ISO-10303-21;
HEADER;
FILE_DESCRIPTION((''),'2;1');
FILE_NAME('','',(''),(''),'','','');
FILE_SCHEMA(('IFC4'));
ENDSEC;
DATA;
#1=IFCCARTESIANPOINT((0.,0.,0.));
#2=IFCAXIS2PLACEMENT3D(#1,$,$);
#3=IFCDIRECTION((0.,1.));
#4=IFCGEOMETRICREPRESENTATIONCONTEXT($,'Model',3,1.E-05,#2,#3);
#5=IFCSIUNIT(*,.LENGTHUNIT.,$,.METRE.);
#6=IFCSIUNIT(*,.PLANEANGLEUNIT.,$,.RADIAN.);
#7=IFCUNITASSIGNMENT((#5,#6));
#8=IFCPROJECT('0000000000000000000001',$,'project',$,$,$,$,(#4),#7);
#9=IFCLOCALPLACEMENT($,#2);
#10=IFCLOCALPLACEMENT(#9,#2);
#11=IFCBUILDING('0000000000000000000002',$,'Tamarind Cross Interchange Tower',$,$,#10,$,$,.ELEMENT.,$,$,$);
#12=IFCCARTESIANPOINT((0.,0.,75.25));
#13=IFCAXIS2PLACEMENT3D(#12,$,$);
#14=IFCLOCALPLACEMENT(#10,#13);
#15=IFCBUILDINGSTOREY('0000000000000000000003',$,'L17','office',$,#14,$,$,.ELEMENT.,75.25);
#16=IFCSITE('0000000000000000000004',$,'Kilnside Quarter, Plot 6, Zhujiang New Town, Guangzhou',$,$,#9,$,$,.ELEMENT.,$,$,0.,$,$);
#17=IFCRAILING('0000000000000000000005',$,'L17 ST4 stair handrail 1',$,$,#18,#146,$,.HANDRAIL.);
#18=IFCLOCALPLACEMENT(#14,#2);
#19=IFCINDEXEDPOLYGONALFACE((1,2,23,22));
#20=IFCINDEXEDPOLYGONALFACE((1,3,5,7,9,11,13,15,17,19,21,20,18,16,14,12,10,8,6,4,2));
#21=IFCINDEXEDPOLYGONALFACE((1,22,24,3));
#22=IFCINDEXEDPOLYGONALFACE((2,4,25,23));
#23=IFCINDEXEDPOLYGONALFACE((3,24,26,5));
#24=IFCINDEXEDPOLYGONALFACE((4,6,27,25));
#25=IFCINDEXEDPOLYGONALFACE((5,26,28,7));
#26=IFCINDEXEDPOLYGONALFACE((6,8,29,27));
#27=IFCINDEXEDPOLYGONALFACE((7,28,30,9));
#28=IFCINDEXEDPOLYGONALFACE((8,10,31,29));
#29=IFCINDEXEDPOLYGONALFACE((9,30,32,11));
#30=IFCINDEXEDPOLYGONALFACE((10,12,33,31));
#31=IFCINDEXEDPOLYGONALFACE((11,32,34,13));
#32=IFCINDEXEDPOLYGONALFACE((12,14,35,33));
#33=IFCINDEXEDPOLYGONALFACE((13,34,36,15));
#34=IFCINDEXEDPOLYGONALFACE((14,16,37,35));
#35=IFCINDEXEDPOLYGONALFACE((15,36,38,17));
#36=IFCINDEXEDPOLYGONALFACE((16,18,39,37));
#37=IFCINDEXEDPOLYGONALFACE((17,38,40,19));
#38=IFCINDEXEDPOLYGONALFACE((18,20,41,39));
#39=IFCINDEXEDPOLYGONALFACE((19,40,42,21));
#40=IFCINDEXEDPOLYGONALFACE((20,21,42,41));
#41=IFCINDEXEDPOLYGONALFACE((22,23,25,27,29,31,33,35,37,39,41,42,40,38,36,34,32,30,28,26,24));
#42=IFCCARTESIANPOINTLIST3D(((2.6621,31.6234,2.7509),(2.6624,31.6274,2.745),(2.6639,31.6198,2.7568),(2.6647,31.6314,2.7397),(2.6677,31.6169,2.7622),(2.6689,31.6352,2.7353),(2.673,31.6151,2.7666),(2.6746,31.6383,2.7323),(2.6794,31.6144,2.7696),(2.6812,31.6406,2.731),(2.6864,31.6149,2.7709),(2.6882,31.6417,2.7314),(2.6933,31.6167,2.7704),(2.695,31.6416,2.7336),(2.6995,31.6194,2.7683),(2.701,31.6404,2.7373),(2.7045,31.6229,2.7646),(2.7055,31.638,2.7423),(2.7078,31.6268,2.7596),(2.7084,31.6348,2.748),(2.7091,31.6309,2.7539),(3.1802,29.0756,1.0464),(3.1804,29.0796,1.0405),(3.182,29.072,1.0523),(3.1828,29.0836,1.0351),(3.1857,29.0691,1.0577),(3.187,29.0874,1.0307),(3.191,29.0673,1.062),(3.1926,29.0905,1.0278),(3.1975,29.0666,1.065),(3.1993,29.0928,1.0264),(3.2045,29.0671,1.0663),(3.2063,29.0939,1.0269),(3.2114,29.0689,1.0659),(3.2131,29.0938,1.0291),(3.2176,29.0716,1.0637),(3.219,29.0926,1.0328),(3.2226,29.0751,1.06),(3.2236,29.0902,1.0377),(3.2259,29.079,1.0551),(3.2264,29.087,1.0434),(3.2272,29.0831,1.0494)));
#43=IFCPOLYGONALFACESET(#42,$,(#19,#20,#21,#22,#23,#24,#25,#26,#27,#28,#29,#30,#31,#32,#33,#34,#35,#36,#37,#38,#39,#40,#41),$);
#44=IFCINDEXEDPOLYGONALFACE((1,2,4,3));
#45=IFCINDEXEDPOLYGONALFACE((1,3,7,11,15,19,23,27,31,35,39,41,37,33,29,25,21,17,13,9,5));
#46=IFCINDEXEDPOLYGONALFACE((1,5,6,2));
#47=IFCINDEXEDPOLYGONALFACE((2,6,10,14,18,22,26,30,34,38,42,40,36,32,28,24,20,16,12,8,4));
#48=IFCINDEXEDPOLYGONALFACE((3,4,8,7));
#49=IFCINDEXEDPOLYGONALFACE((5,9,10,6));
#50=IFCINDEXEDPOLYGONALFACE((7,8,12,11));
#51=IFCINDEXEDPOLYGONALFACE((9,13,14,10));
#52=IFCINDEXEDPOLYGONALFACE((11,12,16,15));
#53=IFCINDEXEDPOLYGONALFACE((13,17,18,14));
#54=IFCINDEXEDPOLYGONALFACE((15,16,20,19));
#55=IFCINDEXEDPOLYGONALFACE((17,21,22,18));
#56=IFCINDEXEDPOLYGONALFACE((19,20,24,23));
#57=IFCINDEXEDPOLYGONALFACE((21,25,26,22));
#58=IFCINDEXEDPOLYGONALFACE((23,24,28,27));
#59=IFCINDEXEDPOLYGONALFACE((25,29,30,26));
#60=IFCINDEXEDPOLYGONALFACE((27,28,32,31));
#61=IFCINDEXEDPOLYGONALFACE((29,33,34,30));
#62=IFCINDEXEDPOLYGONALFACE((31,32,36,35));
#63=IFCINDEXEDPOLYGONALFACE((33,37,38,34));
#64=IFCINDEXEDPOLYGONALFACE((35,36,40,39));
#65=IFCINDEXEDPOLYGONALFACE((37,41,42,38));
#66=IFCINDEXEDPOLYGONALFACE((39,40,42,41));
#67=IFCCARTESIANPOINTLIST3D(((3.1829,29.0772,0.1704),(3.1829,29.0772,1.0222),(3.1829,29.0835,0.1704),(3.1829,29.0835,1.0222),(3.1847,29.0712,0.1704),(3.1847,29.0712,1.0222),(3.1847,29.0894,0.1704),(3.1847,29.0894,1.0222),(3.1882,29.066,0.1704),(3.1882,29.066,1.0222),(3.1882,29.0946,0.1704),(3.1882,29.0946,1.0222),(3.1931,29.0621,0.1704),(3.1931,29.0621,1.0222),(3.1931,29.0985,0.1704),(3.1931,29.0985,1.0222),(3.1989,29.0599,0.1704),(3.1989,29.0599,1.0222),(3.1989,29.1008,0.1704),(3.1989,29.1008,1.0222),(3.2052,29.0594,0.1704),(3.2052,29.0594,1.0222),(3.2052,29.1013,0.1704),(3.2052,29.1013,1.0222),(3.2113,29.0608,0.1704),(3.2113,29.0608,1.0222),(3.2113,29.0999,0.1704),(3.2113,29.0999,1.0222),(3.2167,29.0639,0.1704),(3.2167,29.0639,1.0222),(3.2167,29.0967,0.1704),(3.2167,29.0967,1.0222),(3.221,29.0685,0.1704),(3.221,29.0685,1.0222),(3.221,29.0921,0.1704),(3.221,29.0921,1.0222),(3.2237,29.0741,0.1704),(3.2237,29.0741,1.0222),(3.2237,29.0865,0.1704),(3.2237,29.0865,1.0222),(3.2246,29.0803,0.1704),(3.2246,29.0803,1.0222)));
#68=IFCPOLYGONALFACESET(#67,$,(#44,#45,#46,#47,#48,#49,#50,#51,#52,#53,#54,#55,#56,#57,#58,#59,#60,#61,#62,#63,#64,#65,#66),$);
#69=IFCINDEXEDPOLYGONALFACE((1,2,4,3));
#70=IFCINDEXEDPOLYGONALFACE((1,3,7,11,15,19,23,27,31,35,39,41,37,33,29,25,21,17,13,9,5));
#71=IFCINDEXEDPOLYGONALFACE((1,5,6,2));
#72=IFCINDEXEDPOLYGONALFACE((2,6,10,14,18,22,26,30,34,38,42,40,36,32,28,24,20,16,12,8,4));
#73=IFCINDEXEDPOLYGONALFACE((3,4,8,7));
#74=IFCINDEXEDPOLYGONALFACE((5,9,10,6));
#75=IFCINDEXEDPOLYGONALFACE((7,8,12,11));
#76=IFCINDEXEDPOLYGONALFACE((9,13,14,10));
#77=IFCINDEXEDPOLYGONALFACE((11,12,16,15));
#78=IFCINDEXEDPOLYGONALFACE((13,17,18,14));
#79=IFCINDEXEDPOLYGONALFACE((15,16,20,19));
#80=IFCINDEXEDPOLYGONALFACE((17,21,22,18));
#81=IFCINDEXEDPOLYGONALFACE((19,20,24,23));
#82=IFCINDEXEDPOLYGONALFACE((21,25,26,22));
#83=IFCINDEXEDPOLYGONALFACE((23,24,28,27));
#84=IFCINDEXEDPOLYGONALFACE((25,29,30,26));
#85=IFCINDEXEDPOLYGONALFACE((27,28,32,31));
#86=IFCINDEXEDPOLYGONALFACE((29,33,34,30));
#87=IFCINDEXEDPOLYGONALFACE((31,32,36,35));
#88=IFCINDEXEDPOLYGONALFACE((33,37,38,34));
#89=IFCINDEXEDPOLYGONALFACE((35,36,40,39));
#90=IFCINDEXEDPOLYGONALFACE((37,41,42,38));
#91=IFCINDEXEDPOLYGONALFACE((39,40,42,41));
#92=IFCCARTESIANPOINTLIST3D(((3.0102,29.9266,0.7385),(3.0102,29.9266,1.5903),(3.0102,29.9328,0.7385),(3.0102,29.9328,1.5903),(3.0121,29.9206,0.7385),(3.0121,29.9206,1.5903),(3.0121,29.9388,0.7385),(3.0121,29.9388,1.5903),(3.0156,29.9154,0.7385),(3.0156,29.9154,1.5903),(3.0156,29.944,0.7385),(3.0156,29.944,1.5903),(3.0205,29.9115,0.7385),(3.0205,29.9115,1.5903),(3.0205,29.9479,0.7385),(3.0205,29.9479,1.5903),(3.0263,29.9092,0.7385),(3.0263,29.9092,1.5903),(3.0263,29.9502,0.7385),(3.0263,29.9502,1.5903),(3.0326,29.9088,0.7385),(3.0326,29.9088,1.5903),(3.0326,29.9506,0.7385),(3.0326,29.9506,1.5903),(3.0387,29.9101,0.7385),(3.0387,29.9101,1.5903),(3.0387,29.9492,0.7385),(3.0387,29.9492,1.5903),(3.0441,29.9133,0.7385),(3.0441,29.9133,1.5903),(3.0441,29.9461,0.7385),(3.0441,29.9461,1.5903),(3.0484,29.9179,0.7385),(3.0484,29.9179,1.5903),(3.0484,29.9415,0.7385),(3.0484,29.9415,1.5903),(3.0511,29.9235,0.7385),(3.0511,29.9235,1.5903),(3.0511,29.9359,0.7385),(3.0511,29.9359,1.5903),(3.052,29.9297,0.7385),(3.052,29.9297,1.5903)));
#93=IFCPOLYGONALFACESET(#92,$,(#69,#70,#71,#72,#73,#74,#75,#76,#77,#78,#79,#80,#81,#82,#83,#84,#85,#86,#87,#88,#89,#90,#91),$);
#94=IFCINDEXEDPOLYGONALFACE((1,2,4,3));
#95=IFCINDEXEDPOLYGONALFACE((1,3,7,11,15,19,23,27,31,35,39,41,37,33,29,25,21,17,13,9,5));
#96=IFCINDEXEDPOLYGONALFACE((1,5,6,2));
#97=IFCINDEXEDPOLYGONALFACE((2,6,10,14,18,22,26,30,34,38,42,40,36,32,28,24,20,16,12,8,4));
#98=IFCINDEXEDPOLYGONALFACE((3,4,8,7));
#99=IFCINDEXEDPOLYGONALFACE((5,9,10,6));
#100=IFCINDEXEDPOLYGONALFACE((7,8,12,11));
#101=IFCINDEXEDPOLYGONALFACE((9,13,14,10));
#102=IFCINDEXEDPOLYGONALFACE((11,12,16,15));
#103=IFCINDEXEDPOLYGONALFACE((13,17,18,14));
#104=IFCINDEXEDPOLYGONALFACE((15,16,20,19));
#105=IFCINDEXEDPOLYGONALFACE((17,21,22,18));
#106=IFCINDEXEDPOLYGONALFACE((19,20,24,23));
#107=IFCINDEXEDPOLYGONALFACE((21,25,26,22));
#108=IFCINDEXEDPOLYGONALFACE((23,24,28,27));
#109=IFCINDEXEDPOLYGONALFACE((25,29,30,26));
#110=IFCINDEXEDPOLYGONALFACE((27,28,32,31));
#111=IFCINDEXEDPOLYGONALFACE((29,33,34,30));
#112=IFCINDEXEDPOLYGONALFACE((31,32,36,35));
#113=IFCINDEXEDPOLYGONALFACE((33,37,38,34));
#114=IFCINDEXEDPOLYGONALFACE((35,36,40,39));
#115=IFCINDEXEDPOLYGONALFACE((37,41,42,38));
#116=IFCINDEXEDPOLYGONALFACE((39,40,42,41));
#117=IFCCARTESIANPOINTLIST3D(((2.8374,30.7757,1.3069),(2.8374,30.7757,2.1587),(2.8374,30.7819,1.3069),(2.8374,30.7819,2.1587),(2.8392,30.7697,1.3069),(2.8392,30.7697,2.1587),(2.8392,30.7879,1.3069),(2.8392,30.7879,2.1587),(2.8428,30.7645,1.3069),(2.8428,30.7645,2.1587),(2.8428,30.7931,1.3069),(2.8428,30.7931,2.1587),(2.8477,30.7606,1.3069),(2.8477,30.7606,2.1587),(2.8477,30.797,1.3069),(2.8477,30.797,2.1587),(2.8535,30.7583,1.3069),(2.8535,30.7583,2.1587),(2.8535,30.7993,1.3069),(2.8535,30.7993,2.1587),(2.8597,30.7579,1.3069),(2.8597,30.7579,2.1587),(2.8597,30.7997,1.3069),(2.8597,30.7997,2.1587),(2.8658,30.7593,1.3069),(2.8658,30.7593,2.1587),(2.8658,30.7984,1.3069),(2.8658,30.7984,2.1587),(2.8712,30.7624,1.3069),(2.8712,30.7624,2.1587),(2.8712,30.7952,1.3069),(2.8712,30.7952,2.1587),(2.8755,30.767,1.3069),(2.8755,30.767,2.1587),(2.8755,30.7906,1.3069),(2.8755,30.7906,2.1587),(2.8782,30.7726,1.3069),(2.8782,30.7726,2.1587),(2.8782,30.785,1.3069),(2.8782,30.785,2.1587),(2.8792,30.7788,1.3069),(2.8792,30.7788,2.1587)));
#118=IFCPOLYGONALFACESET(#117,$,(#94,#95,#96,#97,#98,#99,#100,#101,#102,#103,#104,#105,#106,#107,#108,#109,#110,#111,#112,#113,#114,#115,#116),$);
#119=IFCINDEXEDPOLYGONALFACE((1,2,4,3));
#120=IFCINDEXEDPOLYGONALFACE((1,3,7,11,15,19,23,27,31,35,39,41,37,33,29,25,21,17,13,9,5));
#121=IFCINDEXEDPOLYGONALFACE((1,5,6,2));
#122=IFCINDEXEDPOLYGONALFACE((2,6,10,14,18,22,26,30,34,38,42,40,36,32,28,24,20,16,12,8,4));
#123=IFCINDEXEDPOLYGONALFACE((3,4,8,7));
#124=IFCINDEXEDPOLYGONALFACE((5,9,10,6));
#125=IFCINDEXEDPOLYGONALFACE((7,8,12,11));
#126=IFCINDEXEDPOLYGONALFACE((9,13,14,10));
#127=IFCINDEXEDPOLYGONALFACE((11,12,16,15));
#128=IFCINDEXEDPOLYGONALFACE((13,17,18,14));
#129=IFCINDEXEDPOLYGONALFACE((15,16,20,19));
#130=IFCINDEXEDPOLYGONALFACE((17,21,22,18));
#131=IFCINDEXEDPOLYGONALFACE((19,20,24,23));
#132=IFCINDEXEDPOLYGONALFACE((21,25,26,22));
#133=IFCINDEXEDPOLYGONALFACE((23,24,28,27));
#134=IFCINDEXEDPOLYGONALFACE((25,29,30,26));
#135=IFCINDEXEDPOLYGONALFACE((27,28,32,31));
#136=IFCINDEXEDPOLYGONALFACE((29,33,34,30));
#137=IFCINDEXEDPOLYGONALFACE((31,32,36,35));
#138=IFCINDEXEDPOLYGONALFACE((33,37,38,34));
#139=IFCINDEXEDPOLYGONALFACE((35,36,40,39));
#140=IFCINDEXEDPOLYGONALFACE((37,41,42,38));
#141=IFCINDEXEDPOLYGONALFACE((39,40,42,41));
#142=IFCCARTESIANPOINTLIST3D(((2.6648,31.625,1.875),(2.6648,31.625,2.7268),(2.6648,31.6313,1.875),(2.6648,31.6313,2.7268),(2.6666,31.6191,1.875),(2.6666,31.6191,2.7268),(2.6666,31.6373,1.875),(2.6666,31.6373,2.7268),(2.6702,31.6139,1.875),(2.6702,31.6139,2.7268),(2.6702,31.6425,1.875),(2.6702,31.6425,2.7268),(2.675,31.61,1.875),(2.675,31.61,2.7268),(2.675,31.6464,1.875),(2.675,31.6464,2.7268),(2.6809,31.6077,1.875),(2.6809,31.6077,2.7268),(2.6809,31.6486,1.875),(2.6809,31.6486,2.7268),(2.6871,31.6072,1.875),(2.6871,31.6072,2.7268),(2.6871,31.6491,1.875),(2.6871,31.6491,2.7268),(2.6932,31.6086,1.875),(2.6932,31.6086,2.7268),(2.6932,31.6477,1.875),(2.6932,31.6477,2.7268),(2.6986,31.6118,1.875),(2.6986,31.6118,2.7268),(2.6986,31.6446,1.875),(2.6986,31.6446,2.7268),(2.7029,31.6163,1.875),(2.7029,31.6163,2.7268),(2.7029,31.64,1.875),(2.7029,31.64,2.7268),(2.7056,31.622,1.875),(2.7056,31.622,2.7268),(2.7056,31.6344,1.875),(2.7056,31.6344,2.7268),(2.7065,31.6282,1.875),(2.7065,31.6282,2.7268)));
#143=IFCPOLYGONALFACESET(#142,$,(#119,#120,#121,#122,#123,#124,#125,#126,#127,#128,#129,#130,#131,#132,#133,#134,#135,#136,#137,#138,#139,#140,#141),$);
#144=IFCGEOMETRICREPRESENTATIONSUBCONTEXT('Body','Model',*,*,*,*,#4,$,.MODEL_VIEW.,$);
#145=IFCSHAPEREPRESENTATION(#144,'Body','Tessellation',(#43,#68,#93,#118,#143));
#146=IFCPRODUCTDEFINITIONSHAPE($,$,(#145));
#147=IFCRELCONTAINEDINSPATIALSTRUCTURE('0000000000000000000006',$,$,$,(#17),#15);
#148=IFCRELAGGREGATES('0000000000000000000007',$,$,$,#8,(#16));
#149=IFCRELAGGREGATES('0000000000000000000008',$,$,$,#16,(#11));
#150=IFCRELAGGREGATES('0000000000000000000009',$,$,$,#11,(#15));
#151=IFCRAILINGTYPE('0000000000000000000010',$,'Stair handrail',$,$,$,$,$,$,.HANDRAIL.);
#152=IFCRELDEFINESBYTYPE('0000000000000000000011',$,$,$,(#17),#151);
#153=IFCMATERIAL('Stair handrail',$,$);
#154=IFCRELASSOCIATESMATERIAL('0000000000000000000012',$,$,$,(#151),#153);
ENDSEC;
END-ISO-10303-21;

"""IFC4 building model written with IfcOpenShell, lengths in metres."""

from ifc_helpers import new_model, si_unit, direction, frame, origin, origin_2d, place, context, subcontext, project, spatial, circle, extrude, material, type_object, element, save


model = new_model("IFC4")

# Units and contexts
model_context = context("Model", 3, precision=1e-05, world=origin(), true_north=direction((0.0, 1.0)))
body_context = subcontext(model_context, "Body", "Model", "MODEL_VIEW")
ifc_project = project(units=[si_unit("LENGTHUNIT", "METRE"), si_unit("PLANEANGLEUNIT", "RADIAN")], contexts=[model_context])

# Site, building, storey
site_placement = place(None, origin())
site = spatial("IfcSite", under=ifc_project, at=site_placement, Name="Kilnside Quarter, Plot 6, Zhujiang New Town, Guangzhou", CompositionType="ELEMENT", RefElevation=0.0)
building_placement = place(site_placement, origin())
building = spatial("IfcBuilding", under=site, at=building_placement, Name="Tamarind Cross Interchange Tower", CompositionType="ELEMENT")
storey_placement = place(building_placement, frame((0.0, 0.0, 75.25)))
storey = spatial("IfcBuildingStorey", under=building, at=storey_placement, Name="L17", Description="office", CompositionType="ELEMENT", Elevation=75.25)

# Railing
ifc_material_1 = material(Name="Stair handrail")
railing_type_1 = type_object("IfcRailingType", Name="Stair handrail", PredefinedType="HANDRAIL", material=ifc_material_1)
railing_1_placement = place(storey_placement, frame((3.2036, 29.0803, 0.1704)))
element("IfcRailing", 1, at=railing_1_placement, inside=storey, type_object=railing_type_1, Name="L17 ST4 stair handrail 1", PredefinedType="HANDRAIL", context=body_context, shape_type="SweptSolid", body=[
    extrude(circle(Radius=0.0239, at=origin_2d()), frame((0.0, 0.0, 0.876), z_axis=(-0.166637, 0.819522, 0.548285), x_axis=(-0.979947, -0.199257, 0.0)), (0.0, 0.0, 1.0), 3.1089),
    extrude(circle(Radius=0.021, at=origin_2d()), origin(), (0.0, 0.0, 1.0), 0.8518),
    extrude(circle(Radius=0.021, at=origin_2d()), frame((-0.1726, 0.8494, 0.5681)), (0.0, 0.0, 1.0), 0.8518),
    extrude(circle(Radius=0.021, at=origin_2d()), frame((-0.3455, 1.6985, 1.1365)), (0.0, 0.0, 1.0), 0.8518),
    extrude(circle(Radius=0.021, at=origin_2d()), frame((-0.5181, 2.5479, 1.7046)), (0.0, 0.0, 1.0), 0.8518),
])

save(model, "model.ifc")
